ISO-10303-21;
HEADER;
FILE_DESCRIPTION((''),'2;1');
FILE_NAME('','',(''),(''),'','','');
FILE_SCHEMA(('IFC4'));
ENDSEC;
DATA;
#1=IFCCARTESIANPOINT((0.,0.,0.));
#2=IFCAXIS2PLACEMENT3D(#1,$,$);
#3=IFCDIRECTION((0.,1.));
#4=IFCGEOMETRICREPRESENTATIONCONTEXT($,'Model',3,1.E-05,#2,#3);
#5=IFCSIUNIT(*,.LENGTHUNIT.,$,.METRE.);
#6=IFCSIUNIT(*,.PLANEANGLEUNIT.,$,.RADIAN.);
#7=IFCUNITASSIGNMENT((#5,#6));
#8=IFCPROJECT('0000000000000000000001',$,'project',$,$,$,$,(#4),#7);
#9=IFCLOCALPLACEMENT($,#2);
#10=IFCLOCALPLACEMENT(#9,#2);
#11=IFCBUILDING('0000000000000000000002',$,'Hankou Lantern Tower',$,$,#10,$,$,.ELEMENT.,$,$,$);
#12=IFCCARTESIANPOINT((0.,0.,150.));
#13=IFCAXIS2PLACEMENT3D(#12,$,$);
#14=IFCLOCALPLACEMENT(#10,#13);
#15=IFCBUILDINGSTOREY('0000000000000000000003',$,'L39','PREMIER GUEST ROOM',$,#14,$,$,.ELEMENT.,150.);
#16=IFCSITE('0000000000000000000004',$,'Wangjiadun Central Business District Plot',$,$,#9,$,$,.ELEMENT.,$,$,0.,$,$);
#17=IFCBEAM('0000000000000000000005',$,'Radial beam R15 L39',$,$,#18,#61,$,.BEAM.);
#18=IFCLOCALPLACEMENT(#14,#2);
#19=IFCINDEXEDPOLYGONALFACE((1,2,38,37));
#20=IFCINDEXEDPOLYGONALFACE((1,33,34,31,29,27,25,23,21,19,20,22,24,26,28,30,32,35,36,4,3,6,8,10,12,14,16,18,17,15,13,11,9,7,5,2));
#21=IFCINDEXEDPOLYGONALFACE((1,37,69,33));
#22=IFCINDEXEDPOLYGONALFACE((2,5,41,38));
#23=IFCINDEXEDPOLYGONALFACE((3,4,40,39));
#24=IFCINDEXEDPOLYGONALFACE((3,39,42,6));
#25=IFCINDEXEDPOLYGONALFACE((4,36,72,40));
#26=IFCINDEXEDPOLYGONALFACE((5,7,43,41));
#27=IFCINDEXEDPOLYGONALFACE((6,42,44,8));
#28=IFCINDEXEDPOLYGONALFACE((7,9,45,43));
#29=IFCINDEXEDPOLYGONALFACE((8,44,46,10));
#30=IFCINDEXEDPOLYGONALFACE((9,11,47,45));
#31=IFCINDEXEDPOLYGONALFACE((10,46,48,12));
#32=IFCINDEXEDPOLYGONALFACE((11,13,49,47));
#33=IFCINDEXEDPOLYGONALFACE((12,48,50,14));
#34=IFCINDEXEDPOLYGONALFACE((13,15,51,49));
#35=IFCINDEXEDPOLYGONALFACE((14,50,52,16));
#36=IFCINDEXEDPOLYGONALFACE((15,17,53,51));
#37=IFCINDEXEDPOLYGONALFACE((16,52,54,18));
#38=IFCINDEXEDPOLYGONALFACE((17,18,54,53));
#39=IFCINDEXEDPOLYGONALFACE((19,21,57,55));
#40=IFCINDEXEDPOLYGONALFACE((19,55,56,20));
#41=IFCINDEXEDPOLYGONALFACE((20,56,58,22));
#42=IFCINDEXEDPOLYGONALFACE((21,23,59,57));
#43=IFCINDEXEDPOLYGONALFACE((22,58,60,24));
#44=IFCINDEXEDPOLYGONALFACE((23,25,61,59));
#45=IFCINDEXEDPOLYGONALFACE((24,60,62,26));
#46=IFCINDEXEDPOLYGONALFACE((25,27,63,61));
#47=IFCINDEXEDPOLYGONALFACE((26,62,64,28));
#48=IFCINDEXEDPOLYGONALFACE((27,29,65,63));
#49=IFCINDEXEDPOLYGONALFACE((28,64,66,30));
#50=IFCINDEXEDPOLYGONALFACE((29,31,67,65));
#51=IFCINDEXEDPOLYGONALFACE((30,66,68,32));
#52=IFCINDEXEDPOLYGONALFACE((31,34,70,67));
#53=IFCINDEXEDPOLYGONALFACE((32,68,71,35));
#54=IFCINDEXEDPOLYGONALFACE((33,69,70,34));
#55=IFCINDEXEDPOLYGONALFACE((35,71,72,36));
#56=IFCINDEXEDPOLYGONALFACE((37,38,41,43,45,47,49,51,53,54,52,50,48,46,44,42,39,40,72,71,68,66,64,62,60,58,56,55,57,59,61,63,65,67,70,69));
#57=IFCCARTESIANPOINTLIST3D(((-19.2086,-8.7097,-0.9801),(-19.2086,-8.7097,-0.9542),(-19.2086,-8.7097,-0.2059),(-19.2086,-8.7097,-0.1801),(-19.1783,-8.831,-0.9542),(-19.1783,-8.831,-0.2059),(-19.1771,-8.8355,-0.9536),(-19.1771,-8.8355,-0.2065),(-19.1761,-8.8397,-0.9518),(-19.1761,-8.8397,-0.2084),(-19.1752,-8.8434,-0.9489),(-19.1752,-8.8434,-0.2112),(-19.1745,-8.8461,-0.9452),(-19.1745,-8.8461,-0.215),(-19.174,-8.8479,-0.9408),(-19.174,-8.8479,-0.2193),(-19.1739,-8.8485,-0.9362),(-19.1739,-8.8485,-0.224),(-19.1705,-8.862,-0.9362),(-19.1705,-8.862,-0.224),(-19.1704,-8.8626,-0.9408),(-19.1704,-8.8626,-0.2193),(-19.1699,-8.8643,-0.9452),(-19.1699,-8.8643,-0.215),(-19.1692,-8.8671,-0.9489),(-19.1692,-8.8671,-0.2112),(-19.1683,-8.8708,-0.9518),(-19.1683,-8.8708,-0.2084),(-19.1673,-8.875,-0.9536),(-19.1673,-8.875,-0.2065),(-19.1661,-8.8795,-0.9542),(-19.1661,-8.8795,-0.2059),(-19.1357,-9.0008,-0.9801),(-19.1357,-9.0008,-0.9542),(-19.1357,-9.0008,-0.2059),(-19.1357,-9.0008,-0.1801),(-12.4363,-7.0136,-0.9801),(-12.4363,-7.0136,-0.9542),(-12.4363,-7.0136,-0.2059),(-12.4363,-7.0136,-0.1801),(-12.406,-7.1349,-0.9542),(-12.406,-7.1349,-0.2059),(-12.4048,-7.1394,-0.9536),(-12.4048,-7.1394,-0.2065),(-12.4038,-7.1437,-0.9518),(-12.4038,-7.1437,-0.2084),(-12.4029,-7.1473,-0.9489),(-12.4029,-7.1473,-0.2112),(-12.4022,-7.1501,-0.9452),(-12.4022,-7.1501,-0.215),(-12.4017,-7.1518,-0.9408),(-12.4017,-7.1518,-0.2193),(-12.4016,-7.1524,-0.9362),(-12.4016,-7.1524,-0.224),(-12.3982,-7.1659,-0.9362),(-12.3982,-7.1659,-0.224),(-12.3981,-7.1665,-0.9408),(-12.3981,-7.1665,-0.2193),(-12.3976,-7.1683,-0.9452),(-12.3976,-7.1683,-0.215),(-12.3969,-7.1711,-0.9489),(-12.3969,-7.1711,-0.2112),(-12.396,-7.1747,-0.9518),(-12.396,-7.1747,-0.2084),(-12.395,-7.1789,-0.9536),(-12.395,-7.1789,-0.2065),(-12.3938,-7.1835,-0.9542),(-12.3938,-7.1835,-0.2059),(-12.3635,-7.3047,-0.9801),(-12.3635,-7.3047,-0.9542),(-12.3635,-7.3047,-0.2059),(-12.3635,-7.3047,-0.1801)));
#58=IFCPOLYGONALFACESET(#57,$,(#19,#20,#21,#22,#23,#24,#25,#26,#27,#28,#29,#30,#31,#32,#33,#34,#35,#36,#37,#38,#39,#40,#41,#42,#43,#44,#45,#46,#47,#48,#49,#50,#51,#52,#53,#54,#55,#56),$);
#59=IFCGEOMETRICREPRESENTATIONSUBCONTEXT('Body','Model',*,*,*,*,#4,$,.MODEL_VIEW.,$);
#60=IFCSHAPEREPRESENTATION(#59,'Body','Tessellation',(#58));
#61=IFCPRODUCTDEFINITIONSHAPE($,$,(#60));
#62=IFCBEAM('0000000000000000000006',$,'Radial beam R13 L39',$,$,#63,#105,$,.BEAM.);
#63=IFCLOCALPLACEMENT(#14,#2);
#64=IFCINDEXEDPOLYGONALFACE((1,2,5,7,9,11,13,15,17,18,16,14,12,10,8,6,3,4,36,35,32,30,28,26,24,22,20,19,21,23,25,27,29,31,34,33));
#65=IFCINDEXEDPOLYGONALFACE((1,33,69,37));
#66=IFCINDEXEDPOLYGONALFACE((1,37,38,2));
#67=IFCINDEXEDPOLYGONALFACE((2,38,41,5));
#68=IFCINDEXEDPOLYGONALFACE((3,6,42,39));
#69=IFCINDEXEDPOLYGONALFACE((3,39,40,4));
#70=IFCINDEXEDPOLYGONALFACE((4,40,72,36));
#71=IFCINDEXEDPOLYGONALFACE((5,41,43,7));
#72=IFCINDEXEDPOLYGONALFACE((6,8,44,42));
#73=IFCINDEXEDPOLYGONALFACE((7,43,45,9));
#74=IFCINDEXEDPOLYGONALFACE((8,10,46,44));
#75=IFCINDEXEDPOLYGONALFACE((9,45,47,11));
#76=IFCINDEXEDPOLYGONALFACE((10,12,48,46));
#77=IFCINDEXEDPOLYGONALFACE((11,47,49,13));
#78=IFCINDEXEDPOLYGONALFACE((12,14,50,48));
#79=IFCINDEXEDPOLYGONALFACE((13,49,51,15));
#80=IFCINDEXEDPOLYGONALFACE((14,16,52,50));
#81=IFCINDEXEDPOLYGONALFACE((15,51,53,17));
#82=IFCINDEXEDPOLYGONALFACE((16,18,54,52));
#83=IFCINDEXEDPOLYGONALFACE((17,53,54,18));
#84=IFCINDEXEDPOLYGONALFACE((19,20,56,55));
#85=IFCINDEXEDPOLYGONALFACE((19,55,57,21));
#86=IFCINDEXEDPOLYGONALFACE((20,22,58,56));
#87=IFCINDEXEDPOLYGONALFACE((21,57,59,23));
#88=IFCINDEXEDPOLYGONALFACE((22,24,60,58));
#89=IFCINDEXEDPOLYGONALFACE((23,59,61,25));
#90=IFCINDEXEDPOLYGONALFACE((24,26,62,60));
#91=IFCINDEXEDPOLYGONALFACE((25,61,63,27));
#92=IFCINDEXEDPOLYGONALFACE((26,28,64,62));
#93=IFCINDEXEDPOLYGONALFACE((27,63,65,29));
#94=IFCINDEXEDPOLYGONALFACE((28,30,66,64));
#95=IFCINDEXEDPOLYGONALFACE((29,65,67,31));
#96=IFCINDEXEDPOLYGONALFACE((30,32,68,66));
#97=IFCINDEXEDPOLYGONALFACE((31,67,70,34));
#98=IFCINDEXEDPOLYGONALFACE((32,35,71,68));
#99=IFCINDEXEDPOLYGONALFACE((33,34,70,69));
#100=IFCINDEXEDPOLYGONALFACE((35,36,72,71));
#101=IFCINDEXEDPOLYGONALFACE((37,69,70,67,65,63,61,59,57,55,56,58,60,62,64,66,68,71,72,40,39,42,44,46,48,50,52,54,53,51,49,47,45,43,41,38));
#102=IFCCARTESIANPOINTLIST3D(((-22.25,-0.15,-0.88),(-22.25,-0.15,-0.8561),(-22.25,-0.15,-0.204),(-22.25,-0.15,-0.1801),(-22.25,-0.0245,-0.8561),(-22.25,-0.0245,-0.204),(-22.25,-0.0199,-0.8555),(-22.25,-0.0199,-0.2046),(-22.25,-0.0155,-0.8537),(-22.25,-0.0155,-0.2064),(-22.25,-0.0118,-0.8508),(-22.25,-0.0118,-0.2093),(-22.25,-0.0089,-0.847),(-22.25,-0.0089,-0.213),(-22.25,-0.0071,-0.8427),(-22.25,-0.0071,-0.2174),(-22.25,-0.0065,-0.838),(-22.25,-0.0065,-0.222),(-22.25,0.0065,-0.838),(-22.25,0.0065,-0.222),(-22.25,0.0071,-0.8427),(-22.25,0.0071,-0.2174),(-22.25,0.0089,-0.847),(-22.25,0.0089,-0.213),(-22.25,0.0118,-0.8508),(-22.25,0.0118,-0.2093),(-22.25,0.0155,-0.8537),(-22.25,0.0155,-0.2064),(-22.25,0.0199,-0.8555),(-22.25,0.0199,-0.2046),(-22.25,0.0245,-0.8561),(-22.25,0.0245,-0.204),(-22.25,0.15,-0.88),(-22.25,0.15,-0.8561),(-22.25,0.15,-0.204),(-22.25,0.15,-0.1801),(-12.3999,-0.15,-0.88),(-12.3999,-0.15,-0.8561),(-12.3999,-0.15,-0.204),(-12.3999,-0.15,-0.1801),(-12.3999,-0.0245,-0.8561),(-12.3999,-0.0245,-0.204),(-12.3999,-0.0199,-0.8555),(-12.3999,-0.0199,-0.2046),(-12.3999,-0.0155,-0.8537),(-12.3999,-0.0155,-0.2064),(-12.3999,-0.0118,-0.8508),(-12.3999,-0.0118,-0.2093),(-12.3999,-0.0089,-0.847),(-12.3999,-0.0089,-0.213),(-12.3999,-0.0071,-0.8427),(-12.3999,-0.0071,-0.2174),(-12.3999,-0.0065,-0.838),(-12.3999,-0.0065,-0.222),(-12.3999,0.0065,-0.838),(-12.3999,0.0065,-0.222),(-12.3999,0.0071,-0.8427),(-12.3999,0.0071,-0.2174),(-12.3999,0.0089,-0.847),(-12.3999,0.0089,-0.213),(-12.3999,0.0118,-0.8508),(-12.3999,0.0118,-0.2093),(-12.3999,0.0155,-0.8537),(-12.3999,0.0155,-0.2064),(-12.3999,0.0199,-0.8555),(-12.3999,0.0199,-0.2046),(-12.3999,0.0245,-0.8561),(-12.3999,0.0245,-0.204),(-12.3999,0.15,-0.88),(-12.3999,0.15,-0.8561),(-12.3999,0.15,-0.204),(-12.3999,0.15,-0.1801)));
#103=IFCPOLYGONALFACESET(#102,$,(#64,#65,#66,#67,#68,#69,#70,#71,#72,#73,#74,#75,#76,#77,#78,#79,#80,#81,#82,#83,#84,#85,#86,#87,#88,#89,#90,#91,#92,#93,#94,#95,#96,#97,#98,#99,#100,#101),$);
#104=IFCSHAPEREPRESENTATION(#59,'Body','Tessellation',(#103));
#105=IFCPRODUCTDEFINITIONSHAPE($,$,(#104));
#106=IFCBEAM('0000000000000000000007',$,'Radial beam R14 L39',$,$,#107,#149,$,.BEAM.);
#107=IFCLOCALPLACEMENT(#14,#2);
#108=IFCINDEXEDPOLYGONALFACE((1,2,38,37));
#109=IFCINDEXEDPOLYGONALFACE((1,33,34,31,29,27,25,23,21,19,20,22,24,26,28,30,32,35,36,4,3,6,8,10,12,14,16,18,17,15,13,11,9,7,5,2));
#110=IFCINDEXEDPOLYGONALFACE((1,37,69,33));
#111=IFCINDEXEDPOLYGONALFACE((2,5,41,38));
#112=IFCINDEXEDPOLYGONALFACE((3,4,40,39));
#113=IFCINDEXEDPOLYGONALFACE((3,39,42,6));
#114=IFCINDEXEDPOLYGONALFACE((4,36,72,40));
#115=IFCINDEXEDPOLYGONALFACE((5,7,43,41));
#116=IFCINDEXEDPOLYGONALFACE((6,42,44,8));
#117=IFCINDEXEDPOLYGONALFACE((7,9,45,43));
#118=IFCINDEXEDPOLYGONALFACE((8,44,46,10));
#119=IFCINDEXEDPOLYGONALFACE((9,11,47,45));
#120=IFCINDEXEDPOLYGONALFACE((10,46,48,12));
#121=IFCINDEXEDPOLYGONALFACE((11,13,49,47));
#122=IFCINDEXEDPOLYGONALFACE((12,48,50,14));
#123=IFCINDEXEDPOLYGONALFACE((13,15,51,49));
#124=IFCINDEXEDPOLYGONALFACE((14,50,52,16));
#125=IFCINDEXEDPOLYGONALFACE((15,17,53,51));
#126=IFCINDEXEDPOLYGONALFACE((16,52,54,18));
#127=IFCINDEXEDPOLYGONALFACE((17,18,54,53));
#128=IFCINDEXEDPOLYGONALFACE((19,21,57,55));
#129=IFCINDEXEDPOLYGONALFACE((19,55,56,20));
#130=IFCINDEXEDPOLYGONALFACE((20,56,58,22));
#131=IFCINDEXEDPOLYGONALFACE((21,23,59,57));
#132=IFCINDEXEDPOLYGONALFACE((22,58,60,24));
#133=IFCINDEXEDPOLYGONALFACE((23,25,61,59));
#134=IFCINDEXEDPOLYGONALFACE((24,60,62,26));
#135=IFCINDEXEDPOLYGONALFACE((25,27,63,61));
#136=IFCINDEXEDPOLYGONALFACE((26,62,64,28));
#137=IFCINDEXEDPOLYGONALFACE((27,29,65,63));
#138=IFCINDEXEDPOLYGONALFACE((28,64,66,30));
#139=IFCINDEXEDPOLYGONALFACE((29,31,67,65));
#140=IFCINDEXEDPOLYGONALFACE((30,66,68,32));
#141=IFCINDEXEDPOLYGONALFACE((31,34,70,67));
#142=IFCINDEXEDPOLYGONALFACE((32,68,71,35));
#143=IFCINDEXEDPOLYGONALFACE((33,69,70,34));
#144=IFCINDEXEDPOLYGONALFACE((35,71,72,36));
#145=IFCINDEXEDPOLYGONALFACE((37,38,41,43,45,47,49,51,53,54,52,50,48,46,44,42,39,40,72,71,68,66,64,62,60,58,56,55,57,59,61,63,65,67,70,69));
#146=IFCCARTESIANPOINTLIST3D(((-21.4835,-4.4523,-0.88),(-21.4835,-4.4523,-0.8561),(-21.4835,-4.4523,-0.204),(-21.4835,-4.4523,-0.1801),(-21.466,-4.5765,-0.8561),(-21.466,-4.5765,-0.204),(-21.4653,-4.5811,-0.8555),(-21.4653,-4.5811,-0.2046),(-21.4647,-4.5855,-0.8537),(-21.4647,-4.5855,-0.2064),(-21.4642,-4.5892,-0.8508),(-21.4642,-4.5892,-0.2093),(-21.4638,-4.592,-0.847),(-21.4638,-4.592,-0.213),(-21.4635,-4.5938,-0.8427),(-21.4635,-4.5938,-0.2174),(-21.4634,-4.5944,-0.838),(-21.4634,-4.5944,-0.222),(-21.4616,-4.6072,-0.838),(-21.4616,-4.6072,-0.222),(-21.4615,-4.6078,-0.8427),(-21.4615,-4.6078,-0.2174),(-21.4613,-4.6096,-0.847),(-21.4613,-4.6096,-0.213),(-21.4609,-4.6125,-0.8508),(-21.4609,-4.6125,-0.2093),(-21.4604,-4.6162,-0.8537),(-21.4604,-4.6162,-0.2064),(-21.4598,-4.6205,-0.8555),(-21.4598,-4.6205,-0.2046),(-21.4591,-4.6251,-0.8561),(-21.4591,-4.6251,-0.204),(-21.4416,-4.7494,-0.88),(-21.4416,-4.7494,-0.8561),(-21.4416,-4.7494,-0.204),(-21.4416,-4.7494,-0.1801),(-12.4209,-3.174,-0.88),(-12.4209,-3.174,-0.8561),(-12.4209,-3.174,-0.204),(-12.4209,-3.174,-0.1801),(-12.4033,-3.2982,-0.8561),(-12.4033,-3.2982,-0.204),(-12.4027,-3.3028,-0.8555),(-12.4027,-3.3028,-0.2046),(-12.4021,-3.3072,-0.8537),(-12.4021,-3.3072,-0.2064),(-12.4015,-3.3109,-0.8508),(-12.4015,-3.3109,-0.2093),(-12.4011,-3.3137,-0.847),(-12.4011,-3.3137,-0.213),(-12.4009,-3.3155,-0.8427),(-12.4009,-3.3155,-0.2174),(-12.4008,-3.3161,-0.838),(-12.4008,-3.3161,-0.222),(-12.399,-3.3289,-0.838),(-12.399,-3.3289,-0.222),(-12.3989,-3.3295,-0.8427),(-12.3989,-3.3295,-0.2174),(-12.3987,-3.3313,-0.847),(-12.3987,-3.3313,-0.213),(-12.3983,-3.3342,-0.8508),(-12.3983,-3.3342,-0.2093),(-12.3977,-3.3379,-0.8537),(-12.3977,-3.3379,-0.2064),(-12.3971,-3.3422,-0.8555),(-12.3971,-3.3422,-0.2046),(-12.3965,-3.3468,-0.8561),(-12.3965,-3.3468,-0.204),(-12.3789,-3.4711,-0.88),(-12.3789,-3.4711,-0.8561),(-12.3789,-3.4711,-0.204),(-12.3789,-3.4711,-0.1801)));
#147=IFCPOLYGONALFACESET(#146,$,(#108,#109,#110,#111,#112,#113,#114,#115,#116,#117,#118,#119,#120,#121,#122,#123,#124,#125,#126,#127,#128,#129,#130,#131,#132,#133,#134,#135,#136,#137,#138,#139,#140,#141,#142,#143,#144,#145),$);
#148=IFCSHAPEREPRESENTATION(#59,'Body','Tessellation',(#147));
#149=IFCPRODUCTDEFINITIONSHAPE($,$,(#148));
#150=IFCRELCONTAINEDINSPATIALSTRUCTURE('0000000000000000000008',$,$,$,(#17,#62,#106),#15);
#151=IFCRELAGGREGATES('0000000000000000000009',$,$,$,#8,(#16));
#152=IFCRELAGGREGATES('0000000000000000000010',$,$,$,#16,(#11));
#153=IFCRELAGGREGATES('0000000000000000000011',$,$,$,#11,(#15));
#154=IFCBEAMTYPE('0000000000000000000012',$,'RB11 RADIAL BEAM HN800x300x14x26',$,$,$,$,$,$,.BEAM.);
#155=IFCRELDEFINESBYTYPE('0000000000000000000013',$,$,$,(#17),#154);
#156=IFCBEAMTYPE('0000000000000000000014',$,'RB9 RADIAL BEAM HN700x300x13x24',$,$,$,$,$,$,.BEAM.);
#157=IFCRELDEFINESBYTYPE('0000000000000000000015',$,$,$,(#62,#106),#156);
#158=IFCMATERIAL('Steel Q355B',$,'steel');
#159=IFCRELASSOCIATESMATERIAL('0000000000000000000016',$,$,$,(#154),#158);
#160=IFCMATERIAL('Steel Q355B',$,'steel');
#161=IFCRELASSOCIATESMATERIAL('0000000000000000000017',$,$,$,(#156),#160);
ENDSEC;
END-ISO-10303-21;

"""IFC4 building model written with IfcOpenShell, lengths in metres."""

from ifc_helpers import new_model, si_unit, direction, frame, origin, origin_2d, place, context, subcontext, project, spatial, i_section, extrude, material, material_profile, profile_set, type_object, element, save


model = new_model("IFC4")

# Units and contexts
model_context = context("Model", 3, precision=1e-05, world=origin(), true_north=direction((0.0, 1.0)))
body_context = subcontext(model_context, "Body", "Model", "MODEL_VIEW")
ifc_project = project(units=[si_unit("LENGTHUNIT", "METRE"), si_unit("PLANEANGLEUNIT", "RADIAN")], contexts=[model_context])

# Site, building, storey
site_placement = place(None, origin())
site = spatial("IfcSite", under=ifc_project, at=site_placement, Name="Wangjiadun Central Business District Plot", CompositionType="ELEMENT", RefElevation=0.0)
building_placement = place(site_placement, origin())
building = spatial("IfcBuilding", under=site, at=building_placement, Name="Hankou Lantern Tower", CompositionType="ELEMENT")
storey_placement = place(building_placement, frame((0.0, 0.0, 150.0)))
storey = spatial("IfcBuildingStorey", under=building, at=storey_placement, Name="L39", Description="PREMIER GUEST ROOM", CompositionType="ELEMENT", Elevation=150.0)

# Beams
ifc_material_1 = material(Name="Steel Q355B", Category="steel")
ifc_material_profile_1 = material_profile(ifc_material_1, i_section(OverallWidth=0.3, OverallDepth=0.8, WebThickness=0.0139, FlangeThickness=0.0259, FilletRadius=0.0181, at=origin_2d()), Name="HN800x300x14x26")
ifc_profile_set_1 = profile_set([ifc_material_profile_1], Name="Steel Q355B")
beam_type_1 = type_object("IfcBeamType", Name="RB11 RADIAL BEAM HN800x300x14x26", PredefinedType="BEAM", material=ifc_profile_set_1)
beam_1_placement = place(storey_placement, frame((-12.3999, -7.1592, -0.5801), z_axis=(-0.970042, -0.242939, 0.0), x_axis=(0.242939, -0.970042, 0.0)))
element("IfcBeam", 1, at=beam_1_placement, inside=storey, type_object=beam_type_1, Name="Radial beam R15 L39", PredefinedType="BEAM", context=body_context, shape_type="SweptSolid", body=[
    extrude(i_section(OverallWidth=0.3, OverallDepth=0.8, WebThickness=0.0139, FlangeThickness=0.0259, FilletRadius=0.0181, at=origin_2d()), origin(), (0.0, 0.0, 1.0), 6.9814),
])
ifc_material_2 = material(Name="Steel Q355B", Category="steel")
ifc_material_profile_2 = material_profile(ifc_material_2, i_section(OverallWidth=0.3, OverallDepth=0.7, WebThickness=0.0129, FlangeThickness=0.0239, FilletRadius=0.0181, at=origin_2d()), Name="HN700x300x13x24")
ifc_profile_set_2 = profile_set([ifc_material_profile_2], Name="Steel Q355B")
beam_type_2 = type_object("IfcBeamType", Name="RB9 RADIAL BEAM HN700x300x13x24", PredefinedType="BEAM", material=ifc_profile_set_2)
beam_2_placement = place(storey_placement, frame((-12.3999, 0.0, -0.53), z_axis=(-1.0, 0.0, 0.0), x_axis=(0.0, -1.0, 0.0)))
element("IfcBeam", 2, at=beam_2_placement, inside=storey, type_object=beam_type_2, Name="Radial beam R13 L39", PredefinedType="BEAM", context=body_context, shape_type="SweptSolid", body=[
    extrude(i_section(OverallWidth=0.3, OverallDepth=0.7, WebThickness=0.0129, FlangeThickness=0.0239, FilletRadius=0.0181, at=origin_2d()), origin(), (0.0, 0.0, 1.0), 9.8501),
])
beam_3_placement = place(storey_placement, frame((-12.3999, -3.3225, -0.53), z_axis=(-0.990198, -0.13967, 0.0), x_axis=(0.13967, -0.990198, 0.0)))
element("IfcBeam", 3, at=beam_3_placement, inside=storey, type_object=beam_type_2, Name="Radial beam R14 L39", PredefinedType="BEAM", context=body_context, shape_type="SweptSolid", body=[
    extrude(i_section(OverallWidth=0.3, OverallDepth=0.7, WebThickness=0.0129, FlangeThickness=0.0239, FilletRadius=0.0181, at=origin_2d()), origin(), (0.0, 0.0, 1.0), 9.1523),
])

save(model, "model.ifc")
